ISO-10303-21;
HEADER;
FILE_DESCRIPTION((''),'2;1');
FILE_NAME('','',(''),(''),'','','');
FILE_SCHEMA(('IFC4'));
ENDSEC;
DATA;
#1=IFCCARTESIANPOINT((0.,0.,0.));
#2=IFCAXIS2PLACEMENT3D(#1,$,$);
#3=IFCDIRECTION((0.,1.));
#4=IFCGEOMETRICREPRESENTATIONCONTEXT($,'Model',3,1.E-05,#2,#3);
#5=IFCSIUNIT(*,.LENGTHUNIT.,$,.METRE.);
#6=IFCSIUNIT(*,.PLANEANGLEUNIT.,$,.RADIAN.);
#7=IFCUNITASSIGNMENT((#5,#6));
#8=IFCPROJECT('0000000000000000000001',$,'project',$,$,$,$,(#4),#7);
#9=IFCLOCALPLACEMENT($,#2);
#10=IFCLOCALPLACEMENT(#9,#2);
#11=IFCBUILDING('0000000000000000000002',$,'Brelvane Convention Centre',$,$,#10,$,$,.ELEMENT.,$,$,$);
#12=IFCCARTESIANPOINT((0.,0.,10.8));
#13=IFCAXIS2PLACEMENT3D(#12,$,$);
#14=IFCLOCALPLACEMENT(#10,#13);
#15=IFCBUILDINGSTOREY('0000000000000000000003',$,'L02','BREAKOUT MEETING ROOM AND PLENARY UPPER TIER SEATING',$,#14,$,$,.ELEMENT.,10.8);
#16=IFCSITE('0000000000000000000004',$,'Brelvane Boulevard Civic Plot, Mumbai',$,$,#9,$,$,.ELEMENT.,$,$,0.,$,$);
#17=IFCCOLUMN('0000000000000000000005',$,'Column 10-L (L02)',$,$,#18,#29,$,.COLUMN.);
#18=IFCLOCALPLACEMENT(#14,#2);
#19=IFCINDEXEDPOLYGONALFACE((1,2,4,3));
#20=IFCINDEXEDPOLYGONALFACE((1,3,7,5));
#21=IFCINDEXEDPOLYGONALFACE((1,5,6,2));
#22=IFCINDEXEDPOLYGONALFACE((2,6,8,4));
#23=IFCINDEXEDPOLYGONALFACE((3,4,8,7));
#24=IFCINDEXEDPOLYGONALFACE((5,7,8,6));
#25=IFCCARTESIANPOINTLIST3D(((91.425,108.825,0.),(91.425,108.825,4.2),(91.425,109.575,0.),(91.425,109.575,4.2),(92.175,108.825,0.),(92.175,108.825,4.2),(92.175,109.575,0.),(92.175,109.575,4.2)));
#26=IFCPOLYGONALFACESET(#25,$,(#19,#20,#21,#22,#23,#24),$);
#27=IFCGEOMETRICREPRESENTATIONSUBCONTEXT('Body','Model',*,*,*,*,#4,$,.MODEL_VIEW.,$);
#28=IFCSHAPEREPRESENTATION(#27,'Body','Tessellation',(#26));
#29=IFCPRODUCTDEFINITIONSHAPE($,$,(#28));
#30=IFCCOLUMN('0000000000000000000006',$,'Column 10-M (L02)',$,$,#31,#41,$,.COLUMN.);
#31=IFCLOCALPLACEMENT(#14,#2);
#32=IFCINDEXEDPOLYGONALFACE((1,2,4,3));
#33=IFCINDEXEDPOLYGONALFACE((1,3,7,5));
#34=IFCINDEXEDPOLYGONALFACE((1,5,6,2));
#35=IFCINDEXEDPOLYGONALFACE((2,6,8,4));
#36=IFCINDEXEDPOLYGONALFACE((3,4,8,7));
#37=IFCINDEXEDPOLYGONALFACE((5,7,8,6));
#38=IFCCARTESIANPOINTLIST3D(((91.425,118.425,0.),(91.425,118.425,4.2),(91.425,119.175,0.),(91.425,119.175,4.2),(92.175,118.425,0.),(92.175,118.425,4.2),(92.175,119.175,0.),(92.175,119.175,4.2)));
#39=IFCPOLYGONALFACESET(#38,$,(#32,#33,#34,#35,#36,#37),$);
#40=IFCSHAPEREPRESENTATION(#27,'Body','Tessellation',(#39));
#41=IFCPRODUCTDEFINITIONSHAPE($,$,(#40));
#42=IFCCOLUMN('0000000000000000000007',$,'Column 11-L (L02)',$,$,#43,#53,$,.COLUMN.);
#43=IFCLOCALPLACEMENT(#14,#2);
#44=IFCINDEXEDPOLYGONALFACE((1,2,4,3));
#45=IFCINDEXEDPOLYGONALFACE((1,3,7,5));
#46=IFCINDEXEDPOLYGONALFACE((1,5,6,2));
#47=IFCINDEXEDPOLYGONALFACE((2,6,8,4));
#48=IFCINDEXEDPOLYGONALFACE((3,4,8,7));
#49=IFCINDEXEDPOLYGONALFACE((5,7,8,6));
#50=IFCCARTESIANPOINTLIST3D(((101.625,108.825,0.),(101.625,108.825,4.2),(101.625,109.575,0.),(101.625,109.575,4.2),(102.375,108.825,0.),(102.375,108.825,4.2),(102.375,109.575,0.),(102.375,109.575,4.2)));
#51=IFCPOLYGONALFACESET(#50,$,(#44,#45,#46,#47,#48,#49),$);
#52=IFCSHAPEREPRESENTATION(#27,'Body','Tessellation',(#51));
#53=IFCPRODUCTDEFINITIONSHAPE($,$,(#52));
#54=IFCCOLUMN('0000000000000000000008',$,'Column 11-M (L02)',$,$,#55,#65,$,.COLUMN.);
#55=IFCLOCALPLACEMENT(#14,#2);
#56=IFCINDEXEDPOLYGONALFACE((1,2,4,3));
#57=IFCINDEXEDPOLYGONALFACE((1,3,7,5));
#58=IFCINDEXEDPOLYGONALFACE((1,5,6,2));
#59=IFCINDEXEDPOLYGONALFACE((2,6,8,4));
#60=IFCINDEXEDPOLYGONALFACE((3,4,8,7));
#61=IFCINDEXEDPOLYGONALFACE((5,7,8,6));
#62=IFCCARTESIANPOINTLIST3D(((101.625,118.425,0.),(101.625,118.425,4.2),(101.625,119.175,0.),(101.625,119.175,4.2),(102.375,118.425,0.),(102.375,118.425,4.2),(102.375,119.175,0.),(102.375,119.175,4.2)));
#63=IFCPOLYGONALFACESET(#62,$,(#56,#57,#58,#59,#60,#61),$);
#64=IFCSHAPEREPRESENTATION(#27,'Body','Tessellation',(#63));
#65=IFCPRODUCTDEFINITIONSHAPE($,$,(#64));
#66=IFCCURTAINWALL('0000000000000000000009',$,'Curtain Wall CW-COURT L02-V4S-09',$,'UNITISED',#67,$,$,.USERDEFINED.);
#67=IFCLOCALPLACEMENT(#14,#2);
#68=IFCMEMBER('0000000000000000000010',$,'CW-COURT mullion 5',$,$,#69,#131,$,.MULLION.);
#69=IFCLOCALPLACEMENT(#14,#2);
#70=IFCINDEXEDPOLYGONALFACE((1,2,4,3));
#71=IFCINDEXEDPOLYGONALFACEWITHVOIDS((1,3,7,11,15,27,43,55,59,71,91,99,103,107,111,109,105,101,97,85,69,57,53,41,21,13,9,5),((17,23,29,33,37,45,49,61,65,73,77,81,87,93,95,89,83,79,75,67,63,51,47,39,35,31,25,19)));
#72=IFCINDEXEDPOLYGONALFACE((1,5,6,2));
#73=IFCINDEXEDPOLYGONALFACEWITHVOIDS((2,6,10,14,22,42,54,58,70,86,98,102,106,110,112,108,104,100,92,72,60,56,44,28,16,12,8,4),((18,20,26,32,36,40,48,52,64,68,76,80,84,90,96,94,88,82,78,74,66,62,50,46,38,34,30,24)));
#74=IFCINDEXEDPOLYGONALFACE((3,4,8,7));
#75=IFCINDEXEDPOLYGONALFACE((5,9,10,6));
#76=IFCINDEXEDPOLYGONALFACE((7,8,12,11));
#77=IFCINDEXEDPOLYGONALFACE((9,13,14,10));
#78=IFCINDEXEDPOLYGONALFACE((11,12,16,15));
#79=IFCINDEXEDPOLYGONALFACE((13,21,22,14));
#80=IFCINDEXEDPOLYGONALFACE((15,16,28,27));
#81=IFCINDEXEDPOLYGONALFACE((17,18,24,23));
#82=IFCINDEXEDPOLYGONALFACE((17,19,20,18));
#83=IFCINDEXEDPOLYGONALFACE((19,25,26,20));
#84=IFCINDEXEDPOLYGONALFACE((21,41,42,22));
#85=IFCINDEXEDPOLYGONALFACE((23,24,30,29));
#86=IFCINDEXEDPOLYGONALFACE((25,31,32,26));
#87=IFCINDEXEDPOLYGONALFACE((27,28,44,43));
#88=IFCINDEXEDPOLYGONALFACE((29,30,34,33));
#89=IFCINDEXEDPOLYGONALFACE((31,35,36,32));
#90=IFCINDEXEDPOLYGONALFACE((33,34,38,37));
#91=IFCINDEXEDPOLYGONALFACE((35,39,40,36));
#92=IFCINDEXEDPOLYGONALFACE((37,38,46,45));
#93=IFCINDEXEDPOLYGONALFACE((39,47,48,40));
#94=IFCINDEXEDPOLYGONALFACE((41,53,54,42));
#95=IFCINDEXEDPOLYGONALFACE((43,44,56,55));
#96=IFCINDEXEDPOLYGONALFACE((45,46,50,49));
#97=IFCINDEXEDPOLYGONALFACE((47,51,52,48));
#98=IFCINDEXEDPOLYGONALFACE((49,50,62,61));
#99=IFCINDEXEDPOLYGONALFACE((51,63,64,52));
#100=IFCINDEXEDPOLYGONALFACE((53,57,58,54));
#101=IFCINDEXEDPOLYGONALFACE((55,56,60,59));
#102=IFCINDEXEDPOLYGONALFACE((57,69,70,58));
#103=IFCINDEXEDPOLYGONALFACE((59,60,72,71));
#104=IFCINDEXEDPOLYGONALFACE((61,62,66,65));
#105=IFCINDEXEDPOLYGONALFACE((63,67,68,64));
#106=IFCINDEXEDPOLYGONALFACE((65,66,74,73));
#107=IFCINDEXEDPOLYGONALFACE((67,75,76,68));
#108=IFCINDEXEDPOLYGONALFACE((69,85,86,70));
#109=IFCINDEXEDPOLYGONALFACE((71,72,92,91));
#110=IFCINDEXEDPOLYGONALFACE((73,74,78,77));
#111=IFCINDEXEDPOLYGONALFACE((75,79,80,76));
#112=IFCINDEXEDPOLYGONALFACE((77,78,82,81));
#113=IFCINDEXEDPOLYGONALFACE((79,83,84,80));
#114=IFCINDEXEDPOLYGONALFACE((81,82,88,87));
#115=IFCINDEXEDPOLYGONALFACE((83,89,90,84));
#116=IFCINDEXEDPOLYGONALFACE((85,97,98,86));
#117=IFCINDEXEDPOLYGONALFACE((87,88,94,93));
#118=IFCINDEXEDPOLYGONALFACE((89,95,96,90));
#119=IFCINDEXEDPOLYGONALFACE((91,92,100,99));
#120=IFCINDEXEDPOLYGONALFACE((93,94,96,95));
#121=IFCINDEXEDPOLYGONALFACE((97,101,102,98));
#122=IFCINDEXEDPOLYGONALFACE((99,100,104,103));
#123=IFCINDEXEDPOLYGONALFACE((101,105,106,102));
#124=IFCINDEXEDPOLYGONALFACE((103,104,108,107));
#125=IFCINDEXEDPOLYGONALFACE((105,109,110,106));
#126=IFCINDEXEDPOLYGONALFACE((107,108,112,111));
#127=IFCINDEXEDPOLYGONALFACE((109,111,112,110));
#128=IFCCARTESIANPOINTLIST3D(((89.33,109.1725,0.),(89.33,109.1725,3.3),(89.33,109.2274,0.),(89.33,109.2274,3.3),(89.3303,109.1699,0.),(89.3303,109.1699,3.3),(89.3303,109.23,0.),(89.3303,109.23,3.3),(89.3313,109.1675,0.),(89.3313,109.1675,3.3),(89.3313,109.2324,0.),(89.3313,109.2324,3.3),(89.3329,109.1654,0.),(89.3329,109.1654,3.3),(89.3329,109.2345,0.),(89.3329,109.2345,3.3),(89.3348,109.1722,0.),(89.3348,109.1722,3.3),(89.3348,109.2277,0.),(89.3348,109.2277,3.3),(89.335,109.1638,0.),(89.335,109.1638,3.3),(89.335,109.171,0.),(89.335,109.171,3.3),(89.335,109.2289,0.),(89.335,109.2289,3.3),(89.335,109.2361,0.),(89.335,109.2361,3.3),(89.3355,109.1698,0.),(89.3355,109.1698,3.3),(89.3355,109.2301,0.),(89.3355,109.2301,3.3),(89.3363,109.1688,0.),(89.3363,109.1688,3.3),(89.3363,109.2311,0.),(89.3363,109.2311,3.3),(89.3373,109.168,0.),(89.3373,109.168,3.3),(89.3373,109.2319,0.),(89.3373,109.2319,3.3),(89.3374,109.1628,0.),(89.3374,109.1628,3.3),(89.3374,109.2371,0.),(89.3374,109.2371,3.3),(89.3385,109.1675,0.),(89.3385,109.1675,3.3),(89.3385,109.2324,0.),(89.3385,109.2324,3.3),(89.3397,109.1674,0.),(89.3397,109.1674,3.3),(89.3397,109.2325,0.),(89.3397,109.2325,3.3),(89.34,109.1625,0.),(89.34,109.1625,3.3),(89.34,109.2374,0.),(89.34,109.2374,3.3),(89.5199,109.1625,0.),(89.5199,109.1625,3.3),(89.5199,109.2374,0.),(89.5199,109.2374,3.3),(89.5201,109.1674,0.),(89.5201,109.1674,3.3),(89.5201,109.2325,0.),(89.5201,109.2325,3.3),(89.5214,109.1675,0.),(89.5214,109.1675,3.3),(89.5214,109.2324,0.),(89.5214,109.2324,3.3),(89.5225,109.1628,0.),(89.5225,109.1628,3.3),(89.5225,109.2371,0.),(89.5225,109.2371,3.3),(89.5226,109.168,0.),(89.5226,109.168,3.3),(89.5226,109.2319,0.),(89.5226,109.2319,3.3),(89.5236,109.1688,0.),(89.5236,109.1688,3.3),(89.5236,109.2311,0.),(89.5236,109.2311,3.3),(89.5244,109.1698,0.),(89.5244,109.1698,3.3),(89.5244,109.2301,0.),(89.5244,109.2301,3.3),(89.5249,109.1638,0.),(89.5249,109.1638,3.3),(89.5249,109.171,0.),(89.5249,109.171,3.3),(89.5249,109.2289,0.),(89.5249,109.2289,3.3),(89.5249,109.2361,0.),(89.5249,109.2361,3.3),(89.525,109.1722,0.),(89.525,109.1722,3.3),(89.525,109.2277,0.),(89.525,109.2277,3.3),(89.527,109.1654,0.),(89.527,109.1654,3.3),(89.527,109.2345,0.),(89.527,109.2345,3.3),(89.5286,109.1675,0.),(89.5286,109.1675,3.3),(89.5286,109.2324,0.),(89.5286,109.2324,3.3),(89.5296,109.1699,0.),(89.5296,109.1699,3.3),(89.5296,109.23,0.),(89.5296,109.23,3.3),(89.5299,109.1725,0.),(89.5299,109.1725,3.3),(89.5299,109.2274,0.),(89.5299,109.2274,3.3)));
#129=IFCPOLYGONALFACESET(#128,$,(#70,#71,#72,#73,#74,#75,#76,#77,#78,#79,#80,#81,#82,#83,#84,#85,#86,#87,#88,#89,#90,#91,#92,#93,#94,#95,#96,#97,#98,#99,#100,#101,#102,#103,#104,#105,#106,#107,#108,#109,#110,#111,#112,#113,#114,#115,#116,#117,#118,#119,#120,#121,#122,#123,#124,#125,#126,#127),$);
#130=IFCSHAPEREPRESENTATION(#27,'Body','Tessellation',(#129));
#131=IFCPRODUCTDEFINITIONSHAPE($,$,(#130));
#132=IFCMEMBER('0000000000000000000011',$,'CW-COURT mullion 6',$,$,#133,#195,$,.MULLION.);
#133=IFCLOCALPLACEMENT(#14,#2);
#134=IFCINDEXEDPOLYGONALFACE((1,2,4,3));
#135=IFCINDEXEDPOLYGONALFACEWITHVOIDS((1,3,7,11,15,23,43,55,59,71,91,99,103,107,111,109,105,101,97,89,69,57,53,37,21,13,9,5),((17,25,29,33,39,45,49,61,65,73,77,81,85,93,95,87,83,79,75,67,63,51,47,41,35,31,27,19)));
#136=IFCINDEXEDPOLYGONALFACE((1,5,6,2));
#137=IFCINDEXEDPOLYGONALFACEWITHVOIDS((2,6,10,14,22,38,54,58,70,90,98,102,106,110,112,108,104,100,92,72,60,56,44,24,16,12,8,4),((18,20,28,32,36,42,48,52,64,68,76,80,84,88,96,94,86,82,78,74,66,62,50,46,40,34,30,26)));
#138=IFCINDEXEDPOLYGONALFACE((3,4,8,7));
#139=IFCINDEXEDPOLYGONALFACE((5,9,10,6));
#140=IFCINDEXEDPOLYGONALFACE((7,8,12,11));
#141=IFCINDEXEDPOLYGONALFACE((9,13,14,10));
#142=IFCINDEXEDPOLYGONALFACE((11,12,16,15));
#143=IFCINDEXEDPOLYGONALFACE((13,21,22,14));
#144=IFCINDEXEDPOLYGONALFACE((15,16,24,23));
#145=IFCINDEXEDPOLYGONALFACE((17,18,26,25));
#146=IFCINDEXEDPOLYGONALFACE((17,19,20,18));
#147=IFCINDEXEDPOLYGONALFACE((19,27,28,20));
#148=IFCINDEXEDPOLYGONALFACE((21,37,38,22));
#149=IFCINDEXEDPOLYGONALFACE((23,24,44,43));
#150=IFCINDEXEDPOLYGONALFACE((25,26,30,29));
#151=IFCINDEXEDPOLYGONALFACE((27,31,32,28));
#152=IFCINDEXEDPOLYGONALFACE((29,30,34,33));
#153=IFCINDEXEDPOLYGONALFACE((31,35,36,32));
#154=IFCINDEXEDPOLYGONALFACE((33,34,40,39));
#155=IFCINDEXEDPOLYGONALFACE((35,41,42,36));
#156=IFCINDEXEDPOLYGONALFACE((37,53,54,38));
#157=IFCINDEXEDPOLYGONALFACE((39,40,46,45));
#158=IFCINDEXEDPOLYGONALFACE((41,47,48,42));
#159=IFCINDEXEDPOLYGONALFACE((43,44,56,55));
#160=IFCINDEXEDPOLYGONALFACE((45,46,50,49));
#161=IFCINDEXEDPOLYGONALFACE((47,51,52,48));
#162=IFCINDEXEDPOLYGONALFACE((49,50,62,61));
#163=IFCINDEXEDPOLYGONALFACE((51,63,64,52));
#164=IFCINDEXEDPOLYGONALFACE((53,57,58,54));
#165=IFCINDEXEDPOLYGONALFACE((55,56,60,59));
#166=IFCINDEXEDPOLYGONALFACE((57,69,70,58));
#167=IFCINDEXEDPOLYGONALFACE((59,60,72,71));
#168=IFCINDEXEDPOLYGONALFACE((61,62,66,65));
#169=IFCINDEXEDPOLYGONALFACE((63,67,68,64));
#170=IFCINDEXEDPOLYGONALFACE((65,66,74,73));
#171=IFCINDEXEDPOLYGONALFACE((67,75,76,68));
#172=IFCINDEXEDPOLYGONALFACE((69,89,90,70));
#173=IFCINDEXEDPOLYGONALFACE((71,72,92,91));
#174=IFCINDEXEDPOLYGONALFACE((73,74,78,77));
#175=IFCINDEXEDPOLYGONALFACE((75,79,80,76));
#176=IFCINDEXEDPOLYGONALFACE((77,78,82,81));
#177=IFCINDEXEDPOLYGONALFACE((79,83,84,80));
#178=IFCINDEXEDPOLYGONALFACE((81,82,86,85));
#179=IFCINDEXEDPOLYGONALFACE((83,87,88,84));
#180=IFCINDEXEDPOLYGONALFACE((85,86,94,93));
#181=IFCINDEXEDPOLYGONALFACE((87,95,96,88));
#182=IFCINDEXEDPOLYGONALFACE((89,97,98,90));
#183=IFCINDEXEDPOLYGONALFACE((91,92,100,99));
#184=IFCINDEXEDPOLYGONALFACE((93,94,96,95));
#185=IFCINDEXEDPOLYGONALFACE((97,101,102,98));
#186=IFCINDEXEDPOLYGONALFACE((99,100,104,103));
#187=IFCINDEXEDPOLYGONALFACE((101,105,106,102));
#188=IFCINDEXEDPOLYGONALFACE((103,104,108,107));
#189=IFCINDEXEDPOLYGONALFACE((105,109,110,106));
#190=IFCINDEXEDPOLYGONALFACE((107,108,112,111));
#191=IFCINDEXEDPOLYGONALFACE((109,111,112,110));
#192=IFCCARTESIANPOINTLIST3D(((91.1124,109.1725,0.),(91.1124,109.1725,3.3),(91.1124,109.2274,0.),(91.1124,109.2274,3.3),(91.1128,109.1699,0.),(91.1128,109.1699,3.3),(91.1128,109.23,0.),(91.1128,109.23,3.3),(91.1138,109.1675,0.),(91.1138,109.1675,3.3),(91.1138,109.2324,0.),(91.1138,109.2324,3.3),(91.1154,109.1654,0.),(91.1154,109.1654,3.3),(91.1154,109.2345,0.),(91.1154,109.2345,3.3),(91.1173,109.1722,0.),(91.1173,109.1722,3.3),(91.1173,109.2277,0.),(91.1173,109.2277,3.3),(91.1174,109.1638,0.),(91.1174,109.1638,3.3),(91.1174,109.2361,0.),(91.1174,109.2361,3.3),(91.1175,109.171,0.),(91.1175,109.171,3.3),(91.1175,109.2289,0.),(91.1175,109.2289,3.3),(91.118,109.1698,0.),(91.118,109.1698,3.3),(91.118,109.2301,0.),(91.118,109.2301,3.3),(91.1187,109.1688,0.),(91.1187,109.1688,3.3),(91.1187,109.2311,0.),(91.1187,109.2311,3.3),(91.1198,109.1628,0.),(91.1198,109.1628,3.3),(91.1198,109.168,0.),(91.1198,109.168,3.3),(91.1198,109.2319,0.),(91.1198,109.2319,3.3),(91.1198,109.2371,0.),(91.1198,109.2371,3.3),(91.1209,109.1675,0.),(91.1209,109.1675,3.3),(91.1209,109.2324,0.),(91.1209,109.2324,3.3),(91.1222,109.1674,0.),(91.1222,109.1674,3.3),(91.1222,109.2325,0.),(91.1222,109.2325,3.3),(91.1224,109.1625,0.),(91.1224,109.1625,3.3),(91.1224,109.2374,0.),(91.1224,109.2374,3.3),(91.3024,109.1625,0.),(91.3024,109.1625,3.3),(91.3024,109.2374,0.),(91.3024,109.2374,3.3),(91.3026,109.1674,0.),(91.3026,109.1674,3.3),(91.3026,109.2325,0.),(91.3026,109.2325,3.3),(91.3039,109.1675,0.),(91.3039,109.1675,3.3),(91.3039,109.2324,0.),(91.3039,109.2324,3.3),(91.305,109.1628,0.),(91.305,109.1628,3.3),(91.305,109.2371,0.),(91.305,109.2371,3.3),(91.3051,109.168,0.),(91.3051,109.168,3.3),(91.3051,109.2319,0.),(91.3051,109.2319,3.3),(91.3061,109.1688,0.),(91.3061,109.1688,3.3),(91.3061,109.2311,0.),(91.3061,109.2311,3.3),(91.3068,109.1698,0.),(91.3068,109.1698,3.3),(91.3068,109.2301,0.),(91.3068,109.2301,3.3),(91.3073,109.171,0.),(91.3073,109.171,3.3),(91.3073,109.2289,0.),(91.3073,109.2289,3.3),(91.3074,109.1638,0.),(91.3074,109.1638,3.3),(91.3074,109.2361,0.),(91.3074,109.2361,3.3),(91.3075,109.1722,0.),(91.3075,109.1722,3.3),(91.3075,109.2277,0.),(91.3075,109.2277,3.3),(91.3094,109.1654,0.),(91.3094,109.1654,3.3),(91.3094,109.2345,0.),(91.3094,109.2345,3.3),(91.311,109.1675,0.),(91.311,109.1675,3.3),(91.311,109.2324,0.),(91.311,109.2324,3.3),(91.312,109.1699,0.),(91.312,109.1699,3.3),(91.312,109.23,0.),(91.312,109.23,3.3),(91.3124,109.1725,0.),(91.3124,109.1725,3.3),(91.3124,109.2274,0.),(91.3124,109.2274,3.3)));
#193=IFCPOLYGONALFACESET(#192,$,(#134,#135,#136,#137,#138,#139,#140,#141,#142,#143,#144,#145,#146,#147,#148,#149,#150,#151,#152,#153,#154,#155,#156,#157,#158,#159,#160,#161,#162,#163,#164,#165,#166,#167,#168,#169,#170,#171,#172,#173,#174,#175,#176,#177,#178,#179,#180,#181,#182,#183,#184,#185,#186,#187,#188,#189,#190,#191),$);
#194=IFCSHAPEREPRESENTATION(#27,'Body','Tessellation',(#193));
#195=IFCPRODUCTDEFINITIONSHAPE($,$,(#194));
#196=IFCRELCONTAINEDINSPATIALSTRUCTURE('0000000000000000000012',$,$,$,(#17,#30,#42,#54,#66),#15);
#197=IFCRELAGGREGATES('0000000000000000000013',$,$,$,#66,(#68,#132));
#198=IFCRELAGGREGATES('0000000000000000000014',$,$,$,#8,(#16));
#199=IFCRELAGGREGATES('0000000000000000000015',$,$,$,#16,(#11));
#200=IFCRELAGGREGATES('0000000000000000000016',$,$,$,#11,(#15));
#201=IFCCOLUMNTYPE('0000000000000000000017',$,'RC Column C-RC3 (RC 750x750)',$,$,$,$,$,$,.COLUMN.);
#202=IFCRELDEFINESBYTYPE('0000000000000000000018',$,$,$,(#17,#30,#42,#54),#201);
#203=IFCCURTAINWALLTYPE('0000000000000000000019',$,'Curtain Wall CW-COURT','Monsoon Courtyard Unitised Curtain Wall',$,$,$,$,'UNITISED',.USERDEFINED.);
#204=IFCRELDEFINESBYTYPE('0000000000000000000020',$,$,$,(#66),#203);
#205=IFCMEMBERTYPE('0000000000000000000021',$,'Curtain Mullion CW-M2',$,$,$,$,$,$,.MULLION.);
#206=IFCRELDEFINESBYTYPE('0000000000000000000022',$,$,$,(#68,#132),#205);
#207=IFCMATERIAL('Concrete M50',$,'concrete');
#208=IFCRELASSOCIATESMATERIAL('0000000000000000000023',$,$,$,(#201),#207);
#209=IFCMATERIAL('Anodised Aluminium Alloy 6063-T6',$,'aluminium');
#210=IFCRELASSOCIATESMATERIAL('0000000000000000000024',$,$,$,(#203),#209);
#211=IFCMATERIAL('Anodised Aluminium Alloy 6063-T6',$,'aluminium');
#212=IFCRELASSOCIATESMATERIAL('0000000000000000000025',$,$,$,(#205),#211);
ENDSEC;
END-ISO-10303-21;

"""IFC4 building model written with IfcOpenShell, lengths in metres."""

from ifc_helpers import new_model, si_unit, direction, frame, origin, origin_2d, place, context, subcontext, project, spatial, rectangle, hollow_rectangle, extrude, material, material_profile, profile_set, type_object, element, aggregate, save


model = new_model("IFC4")

# Units and contexts
model_context = context("Model", 3, precision=1e-05, world=origin(), true_north=direction((0.0, 1.0)))
body_context = subcontext(model_context, "Body", "Model", "MODEL_VIEW")
ifc_project = project(units=[si_unit("LENGTHUNIT", "METRE"), si_unit("PLANEANGLEUNIT", "RADIAN")], contexts=[model_context])

# Site, building, storey
site_placement = place(None, origin())
site = spatial("IfcSite", under=ifc_project, at=site_placement, Name="Brelvane Boulevard Civic Plot, Mumbai", CompositionType="ELEMENT", RefElevation=0.0)
building_placement = place(site_placement, origin())
building = spatial("IfcBuilding", under=site, at=building_placement, Name="Brelvane Convention Centre", CompositionType="ELEMENT")
storey_placement = place(building_placement, frame((0.0, 0.0, 10.8)))
storey = spatial("IfcBuildingStorey", under=building, at=storey_placement, Name="L02", Description="BREAKOUT MEETING ROOM AND PLENARY UPPER TIER SEATING", CompositionType="ELEMENT", Elevation=10.8)

# Columns
ifc_material_1 = material(Name="Concrete M50", Category="concrete")
ifc_material_profile_1 = material_profile(ifc_material_1, rectangle(XDim=0.75, YDim=0.75, at=origin_2d()), Name="RC 750x750")
ifc_profile_set_1 = profile_set([ifc_material_profile_1], Name="Concrete M50")
column_type = type_object("IfcColumnType", Name="RC Column C-RC3 (RC 750x750)", PredefinedType="COLUMN", material=ifc_profile_set_1)
for number, where, z_axis, x_axis, name in (
    (1, (91.8, 109.2, 0.0), (0.0, 0.0, 1.0), (1.0, 0.0, 0.0), "Column 10-L (L02)"),
    (2, (91.8, 118.8, 0.0), (0.0, 0.0, 1.0), (1.0, 0.0, 0.0), "Column 10-M (L02)"),
    (3, (102.0, 109.2, 0.0), (0.0, 0.0, 1.0), (1.0, 0.0, 0.0), "Column 11-L (L02)"),
    (4, (102.0, 118.8, 0.0), (0.0, 0.0, 1.0), (1.0, 0.0, 0.0), "Column 11-M (L02)"),
):
    element("IfcColumn", number, at=place(storey_placement, frame(where, z_axis=z_axis, x_axis=x_axis)), inside=storey, type_object=column_type, Name=name, PredefinedType="COLUMN", context=body_context, shape_type="SweptSolid", body=[
        extrude(rectangle(XDim=0.75, YDim=0.75, at=origin_2d()), origin(), (0.0, 0.0, 1.0), 4.2),
    ])

# Curtain wall, members
ifc_material_2 = material(Name="Anodised Aluminium Alloy 6063-T6", Category="aluminium")
curtain_wall_type_1 = type_object("IfcCurtainWallType", Name="Curtain Wall CW-COURT", Description="Monsoon Courtyard Unitised Curtain Wall", ElementType="UNITISED", PredefinedType="USERDEFINED", material=ifc_material_2)
curtain_wall_1_placement = place(storey_placement, origin())
curtain_wall_1 = element("IfcCurtainWall", 5, at=curtain_wall_1_placement, inside=storey, type_object=curtain_wall_type_1, Name="Curtain Wall CW-COURT L02-V4S-09", ObjectType="UNITISED", PredefinedType="USERDEFINED")
ifc_material_3 = material(Name="Anodised Aluminium Alloy 6063-T6", Category="aluminium")
ifc_material_profile_2 = material_profile(ifc_material_3, hollow_rectangle(XDim=0.075, YDim=0.2, WallThickness=0.0049, InnerFilletRadius=0.0049, OuterFilletRadius=0.01, at=origin_2d()), Name="ALU-M 200x75x5.0")
ifc_profile_set_2 = profile_set([ifc_material_profile_2], Name="Anodised Aluminium Alloy 6063-T6")
member_type_1 = type_object("IfcMemberType", Name="Curtain Mullion CW-M2", PredefinedType="MULLION", material=ifc_profile_set_2)
member_1_placement = place(storey_placement, frame((89.4299, 109.2, 0.0), z_axis=(0.0, 0.0, 1.0), x_axis=(0.0, 1.0, 0.0)))
member_1 = element("IfcMember", 6, at=member_1_placement, type_object=member_type_1, Name="CW-COURT mullion 5", PredefinedType="MULLION", context=body_context, shape_type="SweptSolid", body=[
    extrude(hollow_rectangle(XDim=0.075, YDim=0.2, WallThickness=0.0049, InnerFilletRadius=0.0049, OuterFilletRadius=0.01, at=origin_2d()), origin(), (0.0, 0.0, 1.0), 3.3),
])
member_2_placement = place(storey_placement, frame((91.2124, 109.2, 0.0), z_axis=(0.0, 0.0, 1.0), x_axis=(0.0, 1.0, 0.0)))
member_2 = element("IfcMember", 7, at=member_2_placement, type_object=member_type_1, Name="CW-COURT mullion 6", PredefinedType="MULLION", context=body_context, shape_type="SweptSolid", body=[
    extrude(hollow_rectangle(XDim=0.075, YDim=0.2, WallThickness=0.0049, InnerFilletRadius=0.0049, OuterFilletRadius=0.01, at=origin_2d()), origin(), (0.0, 0.0, 1.0), 3.3),
])

aggregate(curtain_wall_1, [member_1, member_2])

save(model, "model.ifc")
